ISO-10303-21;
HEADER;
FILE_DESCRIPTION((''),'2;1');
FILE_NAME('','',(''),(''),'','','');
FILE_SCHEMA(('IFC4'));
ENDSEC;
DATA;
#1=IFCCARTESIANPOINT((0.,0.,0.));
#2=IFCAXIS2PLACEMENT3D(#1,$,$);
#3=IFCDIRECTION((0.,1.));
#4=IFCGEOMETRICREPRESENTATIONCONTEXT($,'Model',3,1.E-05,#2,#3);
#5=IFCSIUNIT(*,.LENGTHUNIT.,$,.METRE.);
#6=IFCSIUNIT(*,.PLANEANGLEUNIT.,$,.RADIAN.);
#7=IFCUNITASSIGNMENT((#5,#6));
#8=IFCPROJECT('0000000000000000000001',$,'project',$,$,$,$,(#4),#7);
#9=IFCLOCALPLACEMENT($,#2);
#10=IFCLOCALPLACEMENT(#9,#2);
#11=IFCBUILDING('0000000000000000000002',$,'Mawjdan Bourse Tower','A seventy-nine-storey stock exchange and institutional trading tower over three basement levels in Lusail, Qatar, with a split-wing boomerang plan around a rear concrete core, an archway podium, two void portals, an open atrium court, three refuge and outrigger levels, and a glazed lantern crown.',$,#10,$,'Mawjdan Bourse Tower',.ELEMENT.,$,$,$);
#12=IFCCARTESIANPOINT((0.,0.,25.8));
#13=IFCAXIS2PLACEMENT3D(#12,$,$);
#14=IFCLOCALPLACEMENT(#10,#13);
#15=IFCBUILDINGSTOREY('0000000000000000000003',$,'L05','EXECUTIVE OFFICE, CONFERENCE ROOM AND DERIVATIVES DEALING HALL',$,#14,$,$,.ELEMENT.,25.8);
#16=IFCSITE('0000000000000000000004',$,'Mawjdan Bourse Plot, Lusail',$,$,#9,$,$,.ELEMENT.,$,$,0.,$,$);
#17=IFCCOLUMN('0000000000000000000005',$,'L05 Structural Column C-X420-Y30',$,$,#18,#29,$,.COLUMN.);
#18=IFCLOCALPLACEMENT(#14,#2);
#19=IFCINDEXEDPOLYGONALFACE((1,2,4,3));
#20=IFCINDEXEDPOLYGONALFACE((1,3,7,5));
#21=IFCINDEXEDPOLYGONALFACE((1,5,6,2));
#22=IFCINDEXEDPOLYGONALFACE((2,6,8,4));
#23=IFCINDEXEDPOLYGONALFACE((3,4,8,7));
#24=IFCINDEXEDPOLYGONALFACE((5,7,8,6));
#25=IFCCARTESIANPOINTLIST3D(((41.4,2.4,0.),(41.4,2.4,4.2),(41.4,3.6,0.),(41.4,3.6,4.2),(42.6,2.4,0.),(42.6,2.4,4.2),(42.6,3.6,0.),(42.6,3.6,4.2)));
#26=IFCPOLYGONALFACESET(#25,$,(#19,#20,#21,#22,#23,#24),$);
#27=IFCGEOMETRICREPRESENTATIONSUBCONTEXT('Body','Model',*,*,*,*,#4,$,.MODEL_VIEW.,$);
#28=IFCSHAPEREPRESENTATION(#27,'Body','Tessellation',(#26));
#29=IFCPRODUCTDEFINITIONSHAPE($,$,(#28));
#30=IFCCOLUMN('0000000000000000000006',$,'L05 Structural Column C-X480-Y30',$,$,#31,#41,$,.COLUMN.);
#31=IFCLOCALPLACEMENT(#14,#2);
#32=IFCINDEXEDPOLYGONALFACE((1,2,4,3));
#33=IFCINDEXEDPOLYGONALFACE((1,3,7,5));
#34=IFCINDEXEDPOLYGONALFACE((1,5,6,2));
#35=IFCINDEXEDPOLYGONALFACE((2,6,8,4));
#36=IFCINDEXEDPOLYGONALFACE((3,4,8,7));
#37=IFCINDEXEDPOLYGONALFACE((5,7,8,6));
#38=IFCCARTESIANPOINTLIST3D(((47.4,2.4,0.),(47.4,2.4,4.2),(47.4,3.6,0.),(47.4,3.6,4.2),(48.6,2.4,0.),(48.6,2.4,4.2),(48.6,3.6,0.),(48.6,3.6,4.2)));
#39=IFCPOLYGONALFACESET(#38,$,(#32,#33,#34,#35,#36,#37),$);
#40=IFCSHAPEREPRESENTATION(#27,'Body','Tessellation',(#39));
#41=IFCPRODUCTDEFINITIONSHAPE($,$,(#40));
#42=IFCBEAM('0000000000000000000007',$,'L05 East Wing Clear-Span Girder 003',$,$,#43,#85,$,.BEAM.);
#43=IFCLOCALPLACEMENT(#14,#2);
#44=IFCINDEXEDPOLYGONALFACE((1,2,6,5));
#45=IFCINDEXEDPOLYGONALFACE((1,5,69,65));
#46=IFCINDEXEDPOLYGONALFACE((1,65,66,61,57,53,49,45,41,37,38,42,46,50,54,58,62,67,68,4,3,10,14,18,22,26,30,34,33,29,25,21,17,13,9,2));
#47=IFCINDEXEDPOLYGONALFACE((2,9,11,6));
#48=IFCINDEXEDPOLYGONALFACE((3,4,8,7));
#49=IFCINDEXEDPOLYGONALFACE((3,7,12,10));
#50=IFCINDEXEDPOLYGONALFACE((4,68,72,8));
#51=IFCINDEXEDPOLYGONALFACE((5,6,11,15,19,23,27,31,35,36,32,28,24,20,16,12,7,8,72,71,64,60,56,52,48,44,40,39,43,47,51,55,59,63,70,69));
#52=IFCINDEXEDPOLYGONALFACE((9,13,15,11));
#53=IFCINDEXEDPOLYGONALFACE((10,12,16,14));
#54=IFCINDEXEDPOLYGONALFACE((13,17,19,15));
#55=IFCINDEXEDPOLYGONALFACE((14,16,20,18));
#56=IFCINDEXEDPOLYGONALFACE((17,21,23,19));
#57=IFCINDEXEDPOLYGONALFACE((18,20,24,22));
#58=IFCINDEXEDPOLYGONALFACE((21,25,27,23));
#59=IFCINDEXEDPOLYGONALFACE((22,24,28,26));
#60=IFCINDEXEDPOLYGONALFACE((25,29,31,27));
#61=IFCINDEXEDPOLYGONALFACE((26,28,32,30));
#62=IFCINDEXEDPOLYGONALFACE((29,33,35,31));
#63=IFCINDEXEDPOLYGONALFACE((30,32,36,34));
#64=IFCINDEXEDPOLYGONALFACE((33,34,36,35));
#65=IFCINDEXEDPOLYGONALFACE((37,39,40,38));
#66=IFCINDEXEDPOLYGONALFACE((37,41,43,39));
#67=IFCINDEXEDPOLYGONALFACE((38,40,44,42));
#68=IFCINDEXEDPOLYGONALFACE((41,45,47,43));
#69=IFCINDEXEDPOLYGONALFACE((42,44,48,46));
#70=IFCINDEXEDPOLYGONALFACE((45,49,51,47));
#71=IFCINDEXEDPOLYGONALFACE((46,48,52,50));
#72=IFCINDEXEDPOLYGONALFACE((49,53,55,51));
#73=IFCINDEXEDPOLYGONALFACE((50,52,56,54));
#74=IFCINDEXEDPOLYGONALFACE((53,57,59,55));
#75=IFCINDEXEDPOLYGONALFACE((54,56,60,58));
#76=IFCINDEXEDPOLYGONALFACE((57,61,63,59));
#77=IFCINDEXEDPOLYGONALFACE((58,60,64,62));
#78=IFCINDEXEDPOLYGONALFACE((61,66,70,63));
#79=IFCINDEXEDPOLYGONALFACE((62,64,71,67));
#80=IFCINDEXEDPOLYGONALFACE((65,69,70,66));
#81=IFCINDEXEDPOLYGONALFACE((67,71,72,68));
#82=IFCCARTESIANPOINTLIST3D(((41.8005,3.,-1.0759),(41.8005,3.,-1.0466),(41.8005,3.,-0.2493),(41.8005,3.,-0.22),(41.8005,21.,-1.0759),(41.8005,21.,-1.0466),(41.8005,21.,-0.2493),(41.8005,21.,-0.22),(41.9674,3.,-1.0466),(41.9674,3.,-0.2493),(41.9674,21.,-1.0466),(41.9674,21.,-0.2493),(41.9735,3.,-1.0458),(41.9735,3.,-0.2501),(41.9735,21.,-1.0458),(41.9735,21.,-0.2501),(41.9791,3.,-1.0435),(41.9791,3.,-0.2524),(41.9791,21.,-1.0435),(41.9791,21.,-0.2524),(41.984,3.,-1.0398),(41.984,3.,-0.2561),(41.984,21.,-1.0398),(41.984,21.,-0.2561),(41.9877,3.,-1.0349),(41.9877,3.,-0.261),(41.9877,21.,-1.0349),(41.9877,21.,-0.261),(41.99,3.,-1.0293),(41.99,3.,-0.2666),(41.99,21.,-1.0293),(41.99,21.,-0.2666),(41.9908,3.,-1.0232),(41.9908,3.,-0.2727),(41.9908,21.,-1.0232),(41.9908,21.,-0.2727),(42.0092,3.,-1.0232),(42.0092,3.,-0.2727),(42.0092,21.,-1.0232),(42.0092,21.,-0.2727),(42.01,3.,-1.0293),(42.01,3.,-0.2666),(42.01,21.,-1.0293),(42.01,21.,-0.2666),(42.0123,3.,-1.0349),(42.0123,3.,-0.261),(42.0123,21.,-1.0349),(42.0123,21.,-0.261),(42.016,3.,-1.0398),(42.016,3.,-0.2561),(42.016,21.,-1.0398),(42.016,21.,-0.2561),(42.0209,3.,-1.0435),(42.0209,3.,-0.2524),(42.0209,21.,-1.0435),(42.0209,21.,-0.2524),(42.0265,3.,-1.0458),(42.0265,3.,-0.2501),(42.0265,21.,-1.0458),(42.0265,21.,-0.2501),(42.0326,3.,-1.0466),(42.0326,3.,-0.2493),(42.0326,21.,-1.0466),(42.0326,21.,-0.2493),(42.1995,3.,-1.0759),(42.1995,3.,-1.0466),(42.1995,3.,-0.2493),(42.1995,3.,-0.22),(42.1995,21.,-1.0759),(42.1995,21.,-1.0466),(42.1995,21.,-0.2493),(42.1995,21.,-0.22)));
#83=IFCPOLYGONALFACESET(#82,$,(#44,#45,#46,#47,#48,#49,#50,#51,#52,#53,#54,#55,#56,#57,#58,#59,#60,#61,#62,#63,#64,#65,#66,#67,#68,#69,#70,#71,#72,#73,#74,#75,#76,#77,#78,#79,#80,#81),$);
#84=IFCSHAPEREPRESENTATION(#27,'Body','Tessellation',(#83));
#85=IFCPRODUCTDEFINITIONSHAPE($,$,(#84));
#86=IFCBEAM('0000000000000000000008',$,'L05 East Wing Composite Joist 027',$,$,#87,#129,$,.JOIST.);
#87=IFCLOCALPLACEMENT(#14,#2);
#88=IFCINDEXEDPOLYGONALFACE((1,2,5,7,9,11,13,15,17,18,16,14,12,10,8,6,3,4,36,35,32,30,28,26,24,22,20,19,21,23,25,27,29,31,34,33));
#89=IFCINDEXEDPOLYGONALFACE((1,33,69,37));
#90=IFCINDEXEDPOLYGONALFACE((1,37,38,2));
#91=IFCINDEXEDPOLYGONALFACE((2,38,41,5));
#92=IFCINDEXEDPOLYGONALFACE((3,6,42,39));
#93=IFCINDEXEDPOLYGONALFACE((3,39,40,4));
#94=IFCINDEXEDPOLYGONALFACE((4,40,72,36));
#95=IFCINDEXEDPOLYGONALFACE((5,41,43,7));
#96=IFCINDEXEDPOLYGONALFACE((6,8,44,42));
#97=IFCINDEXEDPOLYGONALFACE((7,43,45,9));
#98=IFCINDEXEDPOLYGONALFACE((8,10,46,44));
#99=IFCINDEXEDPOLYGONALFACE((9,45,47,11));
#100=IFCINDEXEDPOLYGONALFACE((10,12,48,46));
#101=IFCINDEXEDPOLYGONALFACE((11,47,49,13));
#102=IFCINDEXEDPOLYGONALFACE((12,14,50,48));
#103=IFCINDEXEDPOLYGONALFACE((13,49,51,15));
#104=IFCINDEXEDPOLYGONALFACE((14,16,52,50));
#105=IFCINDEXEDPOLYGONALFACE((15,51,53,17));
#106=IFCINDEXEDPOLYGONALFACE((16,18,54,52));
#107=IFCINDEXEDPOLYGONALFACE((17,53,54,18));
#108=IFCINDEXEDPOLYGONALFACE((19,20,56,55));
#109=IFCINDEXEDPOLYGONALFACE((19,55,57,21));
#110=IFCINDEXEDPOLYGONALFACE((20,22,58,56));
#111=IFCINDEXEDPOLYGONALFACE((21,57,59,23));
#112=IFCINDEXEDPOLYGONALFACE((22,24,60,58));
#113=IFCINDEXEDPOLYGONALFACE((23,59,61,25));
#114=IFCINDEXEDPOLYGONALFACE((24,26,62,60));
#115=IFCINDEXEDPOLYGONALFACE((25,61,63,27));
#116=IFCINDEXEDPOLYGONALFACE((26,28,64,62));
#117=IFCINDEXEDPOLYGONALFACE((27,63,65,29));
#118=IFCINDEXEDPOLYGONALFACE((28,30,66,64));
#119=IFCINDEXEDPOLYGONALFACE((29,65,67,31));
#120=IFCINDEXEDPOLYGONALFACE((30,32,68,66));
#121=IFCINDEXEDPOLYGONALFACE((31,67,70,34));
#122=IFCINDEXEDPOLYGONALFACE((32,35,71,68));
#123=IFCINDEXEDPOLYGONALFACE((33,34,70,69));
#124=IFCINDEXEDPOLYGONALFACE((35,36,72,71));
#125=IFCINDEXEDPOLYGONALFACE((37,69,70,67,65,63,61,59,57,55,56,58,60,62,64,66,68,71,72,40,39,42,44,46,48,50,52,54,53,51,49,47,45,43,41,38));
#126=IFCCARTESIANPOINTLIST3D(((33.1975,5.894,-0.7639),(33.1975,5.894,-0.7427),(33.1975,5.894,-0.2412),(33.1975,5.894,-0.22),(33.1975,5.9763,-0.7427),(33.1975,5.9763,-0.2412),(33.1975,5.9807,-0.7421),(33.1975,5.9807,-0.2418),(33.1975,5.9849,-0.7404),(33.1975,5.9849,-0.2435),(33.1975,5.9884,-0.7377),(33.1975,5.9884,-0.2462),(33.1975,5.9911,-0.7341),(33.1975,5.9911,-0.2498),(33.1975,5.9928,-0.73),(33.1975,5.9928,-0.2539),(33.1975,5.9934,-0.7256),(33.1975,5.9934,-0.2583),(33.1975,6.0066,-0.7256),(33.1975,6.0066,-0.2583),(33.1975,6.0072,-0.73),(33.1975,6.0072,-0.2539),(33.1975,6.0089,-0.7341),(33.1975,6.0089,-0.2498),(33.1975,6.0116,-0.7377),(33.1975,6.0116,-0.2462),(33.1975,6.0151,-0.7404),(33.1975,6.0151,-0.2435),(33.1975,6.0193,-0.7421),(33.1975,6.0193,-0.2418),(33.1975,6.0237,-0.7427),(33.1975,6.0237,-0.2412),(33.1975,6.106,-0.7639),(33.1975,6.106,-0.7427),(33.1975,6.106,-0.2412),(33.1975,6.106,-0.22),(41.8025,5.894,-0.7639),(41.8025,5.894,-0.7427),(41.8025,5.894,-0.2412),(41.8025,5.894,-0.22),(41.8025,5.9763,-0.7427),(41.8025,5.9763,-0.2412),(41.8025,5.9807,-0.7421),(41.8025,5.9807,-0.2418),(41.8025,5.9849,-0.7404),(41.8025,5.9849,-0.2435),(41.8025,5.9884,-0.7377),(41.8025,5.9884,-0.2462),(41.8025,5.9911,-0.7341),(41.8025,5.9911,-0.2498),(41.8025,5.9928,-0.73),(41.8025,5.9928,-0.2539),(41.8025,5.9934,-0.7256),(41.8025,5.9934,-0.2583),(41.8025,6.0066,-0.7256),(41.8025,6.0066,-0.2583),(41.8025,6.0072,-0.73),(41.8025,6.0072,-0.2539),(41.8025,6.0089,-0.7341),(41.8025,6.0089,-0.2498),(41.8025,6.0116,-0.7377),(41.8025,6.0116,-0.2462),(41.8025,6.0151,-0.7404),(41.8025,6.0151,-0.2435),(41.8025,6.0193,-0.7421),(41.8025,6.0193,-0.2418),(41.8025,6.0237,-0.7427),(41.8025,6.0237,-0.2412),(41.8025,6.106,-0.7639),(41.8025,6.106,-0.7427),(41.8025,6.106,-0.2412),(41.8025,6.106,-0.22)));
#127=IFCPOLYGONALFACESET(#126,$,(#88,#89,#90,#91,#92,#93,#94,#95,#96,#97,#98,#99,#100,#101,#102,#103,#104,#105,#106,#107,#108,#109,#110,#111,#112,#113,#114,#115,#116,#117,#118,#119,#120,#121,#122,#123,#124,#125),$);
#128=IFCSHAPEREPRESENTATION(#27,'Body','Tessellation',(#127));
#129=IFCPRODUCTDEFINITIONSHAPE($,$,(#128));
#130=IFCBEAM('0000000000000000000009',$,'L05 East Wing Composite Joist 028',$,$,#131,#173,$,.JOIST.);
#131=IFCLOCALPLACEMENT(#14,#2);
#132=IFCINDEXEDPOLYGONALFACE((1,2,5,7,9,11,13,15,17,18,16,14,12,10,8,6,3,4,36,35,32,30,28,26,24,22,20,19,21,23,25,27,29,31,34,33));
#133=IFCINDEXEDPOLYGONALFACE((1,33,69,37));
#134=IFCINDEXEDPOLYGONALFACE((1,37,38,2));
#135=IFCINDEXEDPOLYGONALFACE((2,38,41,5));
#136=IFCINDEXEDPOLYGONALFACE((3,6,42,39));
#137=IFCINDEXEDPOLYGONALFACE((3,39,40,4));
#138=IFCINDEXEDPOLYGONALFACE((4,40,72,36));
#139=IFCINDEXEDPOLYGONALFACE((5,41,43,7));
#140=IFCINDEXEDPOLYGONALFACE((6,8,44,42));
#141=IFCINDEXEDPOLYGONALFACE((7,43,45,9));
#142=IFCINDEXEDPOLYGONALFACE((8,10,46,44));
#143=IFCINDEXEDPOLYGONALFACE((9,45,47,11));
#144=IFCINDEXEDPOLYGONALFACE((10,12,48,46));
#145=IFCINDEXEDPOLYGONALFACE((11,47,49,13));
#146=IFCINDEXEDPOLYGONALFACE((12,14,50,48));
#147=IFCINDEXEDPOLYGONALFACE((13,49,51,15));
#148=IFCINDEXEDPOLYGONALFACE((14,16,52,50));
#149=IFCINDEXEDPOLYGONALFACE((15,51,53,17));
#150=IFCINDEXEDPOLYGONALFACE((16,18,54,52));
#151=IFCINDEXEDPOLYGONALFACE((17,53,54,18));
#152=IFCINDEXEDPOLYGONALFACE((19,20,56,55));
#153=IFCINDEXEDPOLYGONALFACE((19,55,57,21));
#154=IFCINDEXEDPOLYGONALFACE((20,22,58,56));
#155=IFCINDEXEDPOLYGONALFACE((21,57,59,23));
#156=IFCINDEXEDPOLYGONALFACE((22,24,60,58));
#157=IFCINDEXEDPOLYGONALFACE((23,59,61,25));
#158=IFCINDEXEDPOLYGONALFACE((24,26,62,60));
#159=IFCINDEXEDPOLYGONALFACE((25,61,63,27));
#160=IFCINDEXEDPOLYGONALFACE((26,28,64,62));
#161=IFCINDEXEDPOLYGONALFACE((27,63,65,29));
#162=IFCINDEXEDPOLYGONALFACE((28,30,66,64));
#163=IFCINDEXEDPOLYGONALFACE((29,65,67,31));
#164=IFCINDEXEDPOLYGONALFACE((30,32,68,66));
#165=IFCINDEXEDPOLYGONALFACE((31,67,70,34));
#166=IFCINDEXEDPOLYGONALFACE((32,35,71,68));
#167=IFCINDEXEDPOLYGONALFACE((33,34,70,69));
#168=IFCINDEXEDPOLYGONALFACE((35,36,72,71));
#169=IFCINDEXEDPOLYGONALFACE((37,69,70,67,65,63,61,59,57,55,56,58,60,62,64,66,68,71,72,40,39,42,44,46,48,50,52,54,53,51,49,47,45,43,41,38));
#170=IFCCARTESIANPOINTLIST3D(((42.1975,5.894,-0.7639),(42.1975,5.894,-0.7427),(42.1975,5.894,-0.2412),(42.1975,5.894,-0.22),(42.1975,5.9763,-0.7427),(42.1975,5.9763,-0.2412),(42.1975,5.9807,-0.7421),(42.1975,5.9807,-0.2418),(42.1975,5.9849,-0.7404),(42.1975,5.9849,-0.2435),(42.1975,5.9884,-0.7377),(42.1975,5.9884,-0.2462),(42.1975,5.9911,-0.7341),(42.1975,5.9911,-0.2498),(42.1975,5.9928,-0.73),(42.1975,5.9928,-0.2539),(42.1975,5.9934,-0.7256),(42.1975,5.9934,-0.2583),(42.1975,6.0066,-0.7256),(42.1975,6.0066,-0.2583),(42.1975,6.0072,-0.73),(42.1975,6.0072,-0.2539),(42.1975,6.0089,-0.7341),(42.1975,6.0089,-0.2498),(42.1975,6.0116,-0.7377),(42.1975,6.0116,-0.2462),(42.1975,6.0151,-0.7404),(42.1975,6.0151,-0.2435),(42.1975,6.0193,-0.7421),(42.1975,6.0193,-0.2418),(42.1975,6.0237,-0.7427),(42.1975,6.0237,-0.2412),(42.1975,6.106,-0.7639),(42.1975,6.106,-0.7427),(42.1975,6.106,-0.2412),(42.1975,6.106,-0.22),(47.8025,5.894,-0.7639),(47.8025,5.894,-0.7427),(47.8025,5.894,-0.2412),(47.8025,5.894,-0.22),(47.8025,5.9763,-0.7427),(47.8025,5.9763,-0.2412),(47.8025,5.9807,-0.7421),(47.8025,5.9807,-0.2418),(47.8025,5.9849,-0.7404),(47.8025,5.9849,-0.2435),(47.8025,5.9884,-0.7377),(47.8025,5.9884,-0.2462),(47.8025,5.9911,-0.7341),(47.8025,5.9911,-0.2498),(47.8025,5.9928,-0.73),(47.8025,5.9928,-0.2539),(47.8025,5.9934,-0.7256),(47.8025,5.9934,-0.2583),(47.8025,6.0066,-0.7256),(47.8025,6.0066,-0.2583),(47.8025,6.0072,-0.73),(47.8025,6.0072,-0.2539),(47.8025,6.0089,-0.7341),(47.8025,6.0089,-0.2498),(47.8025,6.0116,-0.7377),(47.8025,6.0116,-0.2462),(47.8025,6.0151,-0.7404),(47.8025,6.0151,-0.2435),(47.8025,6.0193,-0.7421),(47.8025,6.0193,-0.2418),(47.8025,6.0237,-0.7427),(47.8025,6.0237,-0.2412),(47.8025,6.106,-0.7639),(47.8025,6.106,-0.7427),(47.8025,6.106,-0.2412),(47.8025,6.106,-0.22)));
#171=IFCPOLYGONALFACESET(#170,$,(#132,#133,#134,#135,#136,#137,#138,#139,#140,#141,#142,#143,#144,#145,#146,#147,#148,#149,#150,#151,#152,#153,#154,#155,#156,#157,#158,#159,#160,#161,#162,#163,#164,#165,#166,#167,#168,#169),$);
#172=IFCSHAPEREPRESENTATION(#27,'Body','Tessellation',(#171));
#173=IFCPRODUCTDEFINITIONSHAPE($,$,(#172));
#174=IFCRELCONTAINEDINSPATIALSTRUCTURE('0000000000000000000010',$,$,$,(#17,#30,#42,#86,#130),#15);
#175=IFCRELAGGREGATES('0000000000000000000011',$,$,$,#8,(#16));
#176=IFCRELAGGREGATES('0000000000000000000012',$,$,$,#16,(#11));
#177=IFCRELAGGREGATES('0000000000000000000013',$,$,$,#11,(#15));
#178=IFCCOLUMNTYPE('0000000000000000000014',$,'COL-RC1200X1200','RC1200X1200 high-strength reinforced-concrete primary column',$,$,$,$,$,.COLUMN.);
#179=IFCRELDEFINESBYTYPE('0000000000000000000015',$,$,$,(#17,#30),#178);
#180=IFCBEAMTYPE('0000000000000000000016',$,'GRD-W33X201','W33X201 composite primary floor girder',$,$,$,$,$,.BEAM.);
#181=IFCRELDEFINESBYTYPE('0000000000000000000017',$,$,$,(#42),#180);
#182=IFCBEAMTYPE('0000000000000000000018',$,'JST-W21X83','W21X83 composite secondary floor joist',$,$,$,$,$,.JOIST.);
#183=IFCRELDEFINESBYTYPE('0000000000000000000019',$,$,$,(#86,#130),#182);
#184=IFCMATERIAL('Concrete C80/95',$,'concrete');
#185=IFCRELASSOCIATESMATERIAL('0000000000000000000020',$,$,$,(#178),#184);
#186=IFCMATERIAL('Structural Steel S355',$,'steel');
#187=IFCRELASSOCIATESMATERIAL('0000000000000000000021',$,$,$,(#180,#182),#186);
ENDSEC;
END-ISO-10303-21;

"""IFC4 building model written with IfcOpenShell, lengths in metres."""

from ifc_helpers import new_model, si_unit, direction, frame, origin, origin_2d, place, context, subcontext, project, spatial, rectangle, i_section, extrude, material, material_profile, profile_set, type_object, element, save


model = new_model("IFC4")

# Units and contexts
model_context = context("Model", 3, precision=1e-05, world=origin(), true_north=direction((0.0, 1.0)))
body_context = subcontext(model_context, "Body", "Model", "MODEL_VIEW")
ifc_project = project(units=[si_unit("LENGTHUNIT", "METRE"), si_unit("PLANEANGLEUNIT", "RADIAN")], contexts=[model_context])

# Site, building, storey
site_placement = place(None, origin())
site = spatial("IfcSite", under=ifc_project, at=site_placement, Name="Mawjdan Bourse Plot, Lusail", CompositionType="ELEMENT", RefElevation=0.0)
building_placement = place(site_placement, origin())
building = spatial("IfcBuilding", under=site, at=building_placement, Name="Mawjdan Bourse Tower", Description="A seventy-nine-storey stock exchange and institutional trading tower over three basement levels in Lusail, Qatar, with a split-wing boomerang plan around a rear concrete core, an archway podium, two void portals, an open atrium court, three refuge and outrigger levels, and a glazed lantern crown.", LongName="Mawjdan Bourse Tower", CompositionType="ELEMENT")
storey_placement = place(building_placement, frame((0.0, 0.0, 25.8)))
storey = spatial("IfcBuildingStorey", under=building, at=storey_placement, Name="L05", Description="EXECUTIVE OFFICE, CONFERENCE ROOM AND DERIVATIVES DEALING HALL", CompositionType="ELEMENT", Elevation=25.8)

# Columns
ifc_material_1 = material(Name="Concrete C80/95", Category="concrete")
ifc_material_profile_1 = material_profile(ifc_material_1, rectangle(XDim=1.2, YDim=1.2, at=origin_2d()), Name="RC1200X1200")
ifc_profile_set_1 = profile_set([ifc_material_profile_1], Name="Concrete C80/95")
column_type = type_object("IfcColumnType", Name="COL-RC1200X1200", Description="RC1200X1200 high-strength reinforced-concrete primary column", PredefinedType="COLUMN", material=ifc_profile_set_1)
for number, where, z_axis, x_axis, name in (
    (1, (42.0, 3.0, 0.0), (0.0, 0.0, 1.0), (1.0, 0.0, 0.0), "L05 Structural Column C-X420-Y30"),
    (2, (48.0, 3.0, 0.0), (0.0, 0.0, 1.0), (1.0, 0.0, 0.0), "L05 Structural Column C-X480-Y30"),
):
    element("IfcColumn", number, at=place(storey_placement, frame(where, z_axis=z_axis, x_axis=x_axis)), inside=storey, type_object=column_type, Name=name, PredefinedType="COLUMN", context=body_context, shape_type="SweptSolid", body=[
        extrude(rectangle(XDim=1.2, YDim=1.2, at=origin_2d()), origin(), (0.0, 0.0, 1.0), 4.2),
    ])

# Beams
ifc_material_2 = material(Name="Structural Steel S355", Category="steel")
ifc_material_profile_2 = material_profile(ifc_material_2, i_section(OverallWidth=0.3989, OverallDepth=0.856, WebThickness=0.0183, FlangeThickness=0.0293, FilletRadius=0.0234, at=origin_2d()), Name="W33X201")
ifc_profile_set_2 = profile_set([ifc_material_profile_2], Name="Structural Steel S355")
beam_type_1 = type_object("IfcBeamType", Name="GRD-W33X201", Description="W33X201 composite primary floor girder", PredefinedType="BEAM", material=ifc_profile_set_2)
beam_1_placement = place(storey_placement, frame((42.0, 3.0, -0.6479), z_axis=(0.0, 1.0, 0.0), x_axis=(-1.0, 0.0, 0.0)))
element("IfcBeam", 3, at=beam_1_placement, inside=storey, type_object=beam_type_1, Name="L05 East Wing Clear-Span Girder 003", PredefinedType="BEAM", context=body_context, shape_type="SweptSolid", body=[
    extrude(i_section(OverallWidth=0.3989, OverallDepth=0.856, WebThickness=0.0183, FlangeThickness=0.0293, FilletRadius=0.0234, at=origin_2d()), origin(), (0.0, 0.0, 1.0), 18.0),
])
ifc_material_profile_3 = material_profile(ifc_material_2, i_section(OverallWidth=0.2119, OverallDepth=0.5439, WebThickness=0.0132, FlangeThickness=0.0212, FilletRadius=0.0171, at=origin_2d()), Name="W21X83")
ifc_profile_set_3 = profile_set([ifc_material_profile_3], Name="Structural Steel S355")
beam_type_2 = type_object("IfcBeamType", Name="JST-W21X83", Description="W21X83 composite secondary floor joist", PredefinedType="JOIST", material=ifc_profile_set_3)
beam_2_placement = place(storey_placement, frame((33.1975, 6.0, -0.4919), z_axis=(1.0, 0.0, 0.0), x_axis=(0.0, 1.0, 0.0)))
element("IfcBeam", 4, at=beam_2_placement, inside=storey, type_object=beam_type_2, Name="L05 East Wing Composite Joist 027", PredefinedType="JOIST", context=body_context, shape_type="SweptSolid", body=[
    extrude(i_section(OverallWidth=0.2119, OverallDepth=0.5439, WebThickness=0.0132, FlangeThickness=0.0212, FilletRadius=0.0171, at=origin_2d()), origin(), (0.0, 0.0, 1.0), 8.605),
])
beam_3_placement = place(storey_placement, frame((42.1975, 6.0, -0.4919), z_axis=(1.0, 0.0, 0.0), x_axis=(0.0, 1.0, 0.0)))
element("IfcBeam", 5, at=beam_3_placement, inside=storey, type_object=beam_type_2, Name="L05 East Wing Composite Joist 028", PredefinedType="JOIST", context=body_context, shape_type="SweptSolid", body=[
    extrude(i_section(OverallWidth=0.2119, OverallDepth=0.5439, WebThickness=0.0132, FlangeThickness=0.0212, FilletRadius=0.0171, at=origin_2d()), origin(), (0.0, 0.0, 1.0), 5.605),
])

save(model, "model.ifc")
